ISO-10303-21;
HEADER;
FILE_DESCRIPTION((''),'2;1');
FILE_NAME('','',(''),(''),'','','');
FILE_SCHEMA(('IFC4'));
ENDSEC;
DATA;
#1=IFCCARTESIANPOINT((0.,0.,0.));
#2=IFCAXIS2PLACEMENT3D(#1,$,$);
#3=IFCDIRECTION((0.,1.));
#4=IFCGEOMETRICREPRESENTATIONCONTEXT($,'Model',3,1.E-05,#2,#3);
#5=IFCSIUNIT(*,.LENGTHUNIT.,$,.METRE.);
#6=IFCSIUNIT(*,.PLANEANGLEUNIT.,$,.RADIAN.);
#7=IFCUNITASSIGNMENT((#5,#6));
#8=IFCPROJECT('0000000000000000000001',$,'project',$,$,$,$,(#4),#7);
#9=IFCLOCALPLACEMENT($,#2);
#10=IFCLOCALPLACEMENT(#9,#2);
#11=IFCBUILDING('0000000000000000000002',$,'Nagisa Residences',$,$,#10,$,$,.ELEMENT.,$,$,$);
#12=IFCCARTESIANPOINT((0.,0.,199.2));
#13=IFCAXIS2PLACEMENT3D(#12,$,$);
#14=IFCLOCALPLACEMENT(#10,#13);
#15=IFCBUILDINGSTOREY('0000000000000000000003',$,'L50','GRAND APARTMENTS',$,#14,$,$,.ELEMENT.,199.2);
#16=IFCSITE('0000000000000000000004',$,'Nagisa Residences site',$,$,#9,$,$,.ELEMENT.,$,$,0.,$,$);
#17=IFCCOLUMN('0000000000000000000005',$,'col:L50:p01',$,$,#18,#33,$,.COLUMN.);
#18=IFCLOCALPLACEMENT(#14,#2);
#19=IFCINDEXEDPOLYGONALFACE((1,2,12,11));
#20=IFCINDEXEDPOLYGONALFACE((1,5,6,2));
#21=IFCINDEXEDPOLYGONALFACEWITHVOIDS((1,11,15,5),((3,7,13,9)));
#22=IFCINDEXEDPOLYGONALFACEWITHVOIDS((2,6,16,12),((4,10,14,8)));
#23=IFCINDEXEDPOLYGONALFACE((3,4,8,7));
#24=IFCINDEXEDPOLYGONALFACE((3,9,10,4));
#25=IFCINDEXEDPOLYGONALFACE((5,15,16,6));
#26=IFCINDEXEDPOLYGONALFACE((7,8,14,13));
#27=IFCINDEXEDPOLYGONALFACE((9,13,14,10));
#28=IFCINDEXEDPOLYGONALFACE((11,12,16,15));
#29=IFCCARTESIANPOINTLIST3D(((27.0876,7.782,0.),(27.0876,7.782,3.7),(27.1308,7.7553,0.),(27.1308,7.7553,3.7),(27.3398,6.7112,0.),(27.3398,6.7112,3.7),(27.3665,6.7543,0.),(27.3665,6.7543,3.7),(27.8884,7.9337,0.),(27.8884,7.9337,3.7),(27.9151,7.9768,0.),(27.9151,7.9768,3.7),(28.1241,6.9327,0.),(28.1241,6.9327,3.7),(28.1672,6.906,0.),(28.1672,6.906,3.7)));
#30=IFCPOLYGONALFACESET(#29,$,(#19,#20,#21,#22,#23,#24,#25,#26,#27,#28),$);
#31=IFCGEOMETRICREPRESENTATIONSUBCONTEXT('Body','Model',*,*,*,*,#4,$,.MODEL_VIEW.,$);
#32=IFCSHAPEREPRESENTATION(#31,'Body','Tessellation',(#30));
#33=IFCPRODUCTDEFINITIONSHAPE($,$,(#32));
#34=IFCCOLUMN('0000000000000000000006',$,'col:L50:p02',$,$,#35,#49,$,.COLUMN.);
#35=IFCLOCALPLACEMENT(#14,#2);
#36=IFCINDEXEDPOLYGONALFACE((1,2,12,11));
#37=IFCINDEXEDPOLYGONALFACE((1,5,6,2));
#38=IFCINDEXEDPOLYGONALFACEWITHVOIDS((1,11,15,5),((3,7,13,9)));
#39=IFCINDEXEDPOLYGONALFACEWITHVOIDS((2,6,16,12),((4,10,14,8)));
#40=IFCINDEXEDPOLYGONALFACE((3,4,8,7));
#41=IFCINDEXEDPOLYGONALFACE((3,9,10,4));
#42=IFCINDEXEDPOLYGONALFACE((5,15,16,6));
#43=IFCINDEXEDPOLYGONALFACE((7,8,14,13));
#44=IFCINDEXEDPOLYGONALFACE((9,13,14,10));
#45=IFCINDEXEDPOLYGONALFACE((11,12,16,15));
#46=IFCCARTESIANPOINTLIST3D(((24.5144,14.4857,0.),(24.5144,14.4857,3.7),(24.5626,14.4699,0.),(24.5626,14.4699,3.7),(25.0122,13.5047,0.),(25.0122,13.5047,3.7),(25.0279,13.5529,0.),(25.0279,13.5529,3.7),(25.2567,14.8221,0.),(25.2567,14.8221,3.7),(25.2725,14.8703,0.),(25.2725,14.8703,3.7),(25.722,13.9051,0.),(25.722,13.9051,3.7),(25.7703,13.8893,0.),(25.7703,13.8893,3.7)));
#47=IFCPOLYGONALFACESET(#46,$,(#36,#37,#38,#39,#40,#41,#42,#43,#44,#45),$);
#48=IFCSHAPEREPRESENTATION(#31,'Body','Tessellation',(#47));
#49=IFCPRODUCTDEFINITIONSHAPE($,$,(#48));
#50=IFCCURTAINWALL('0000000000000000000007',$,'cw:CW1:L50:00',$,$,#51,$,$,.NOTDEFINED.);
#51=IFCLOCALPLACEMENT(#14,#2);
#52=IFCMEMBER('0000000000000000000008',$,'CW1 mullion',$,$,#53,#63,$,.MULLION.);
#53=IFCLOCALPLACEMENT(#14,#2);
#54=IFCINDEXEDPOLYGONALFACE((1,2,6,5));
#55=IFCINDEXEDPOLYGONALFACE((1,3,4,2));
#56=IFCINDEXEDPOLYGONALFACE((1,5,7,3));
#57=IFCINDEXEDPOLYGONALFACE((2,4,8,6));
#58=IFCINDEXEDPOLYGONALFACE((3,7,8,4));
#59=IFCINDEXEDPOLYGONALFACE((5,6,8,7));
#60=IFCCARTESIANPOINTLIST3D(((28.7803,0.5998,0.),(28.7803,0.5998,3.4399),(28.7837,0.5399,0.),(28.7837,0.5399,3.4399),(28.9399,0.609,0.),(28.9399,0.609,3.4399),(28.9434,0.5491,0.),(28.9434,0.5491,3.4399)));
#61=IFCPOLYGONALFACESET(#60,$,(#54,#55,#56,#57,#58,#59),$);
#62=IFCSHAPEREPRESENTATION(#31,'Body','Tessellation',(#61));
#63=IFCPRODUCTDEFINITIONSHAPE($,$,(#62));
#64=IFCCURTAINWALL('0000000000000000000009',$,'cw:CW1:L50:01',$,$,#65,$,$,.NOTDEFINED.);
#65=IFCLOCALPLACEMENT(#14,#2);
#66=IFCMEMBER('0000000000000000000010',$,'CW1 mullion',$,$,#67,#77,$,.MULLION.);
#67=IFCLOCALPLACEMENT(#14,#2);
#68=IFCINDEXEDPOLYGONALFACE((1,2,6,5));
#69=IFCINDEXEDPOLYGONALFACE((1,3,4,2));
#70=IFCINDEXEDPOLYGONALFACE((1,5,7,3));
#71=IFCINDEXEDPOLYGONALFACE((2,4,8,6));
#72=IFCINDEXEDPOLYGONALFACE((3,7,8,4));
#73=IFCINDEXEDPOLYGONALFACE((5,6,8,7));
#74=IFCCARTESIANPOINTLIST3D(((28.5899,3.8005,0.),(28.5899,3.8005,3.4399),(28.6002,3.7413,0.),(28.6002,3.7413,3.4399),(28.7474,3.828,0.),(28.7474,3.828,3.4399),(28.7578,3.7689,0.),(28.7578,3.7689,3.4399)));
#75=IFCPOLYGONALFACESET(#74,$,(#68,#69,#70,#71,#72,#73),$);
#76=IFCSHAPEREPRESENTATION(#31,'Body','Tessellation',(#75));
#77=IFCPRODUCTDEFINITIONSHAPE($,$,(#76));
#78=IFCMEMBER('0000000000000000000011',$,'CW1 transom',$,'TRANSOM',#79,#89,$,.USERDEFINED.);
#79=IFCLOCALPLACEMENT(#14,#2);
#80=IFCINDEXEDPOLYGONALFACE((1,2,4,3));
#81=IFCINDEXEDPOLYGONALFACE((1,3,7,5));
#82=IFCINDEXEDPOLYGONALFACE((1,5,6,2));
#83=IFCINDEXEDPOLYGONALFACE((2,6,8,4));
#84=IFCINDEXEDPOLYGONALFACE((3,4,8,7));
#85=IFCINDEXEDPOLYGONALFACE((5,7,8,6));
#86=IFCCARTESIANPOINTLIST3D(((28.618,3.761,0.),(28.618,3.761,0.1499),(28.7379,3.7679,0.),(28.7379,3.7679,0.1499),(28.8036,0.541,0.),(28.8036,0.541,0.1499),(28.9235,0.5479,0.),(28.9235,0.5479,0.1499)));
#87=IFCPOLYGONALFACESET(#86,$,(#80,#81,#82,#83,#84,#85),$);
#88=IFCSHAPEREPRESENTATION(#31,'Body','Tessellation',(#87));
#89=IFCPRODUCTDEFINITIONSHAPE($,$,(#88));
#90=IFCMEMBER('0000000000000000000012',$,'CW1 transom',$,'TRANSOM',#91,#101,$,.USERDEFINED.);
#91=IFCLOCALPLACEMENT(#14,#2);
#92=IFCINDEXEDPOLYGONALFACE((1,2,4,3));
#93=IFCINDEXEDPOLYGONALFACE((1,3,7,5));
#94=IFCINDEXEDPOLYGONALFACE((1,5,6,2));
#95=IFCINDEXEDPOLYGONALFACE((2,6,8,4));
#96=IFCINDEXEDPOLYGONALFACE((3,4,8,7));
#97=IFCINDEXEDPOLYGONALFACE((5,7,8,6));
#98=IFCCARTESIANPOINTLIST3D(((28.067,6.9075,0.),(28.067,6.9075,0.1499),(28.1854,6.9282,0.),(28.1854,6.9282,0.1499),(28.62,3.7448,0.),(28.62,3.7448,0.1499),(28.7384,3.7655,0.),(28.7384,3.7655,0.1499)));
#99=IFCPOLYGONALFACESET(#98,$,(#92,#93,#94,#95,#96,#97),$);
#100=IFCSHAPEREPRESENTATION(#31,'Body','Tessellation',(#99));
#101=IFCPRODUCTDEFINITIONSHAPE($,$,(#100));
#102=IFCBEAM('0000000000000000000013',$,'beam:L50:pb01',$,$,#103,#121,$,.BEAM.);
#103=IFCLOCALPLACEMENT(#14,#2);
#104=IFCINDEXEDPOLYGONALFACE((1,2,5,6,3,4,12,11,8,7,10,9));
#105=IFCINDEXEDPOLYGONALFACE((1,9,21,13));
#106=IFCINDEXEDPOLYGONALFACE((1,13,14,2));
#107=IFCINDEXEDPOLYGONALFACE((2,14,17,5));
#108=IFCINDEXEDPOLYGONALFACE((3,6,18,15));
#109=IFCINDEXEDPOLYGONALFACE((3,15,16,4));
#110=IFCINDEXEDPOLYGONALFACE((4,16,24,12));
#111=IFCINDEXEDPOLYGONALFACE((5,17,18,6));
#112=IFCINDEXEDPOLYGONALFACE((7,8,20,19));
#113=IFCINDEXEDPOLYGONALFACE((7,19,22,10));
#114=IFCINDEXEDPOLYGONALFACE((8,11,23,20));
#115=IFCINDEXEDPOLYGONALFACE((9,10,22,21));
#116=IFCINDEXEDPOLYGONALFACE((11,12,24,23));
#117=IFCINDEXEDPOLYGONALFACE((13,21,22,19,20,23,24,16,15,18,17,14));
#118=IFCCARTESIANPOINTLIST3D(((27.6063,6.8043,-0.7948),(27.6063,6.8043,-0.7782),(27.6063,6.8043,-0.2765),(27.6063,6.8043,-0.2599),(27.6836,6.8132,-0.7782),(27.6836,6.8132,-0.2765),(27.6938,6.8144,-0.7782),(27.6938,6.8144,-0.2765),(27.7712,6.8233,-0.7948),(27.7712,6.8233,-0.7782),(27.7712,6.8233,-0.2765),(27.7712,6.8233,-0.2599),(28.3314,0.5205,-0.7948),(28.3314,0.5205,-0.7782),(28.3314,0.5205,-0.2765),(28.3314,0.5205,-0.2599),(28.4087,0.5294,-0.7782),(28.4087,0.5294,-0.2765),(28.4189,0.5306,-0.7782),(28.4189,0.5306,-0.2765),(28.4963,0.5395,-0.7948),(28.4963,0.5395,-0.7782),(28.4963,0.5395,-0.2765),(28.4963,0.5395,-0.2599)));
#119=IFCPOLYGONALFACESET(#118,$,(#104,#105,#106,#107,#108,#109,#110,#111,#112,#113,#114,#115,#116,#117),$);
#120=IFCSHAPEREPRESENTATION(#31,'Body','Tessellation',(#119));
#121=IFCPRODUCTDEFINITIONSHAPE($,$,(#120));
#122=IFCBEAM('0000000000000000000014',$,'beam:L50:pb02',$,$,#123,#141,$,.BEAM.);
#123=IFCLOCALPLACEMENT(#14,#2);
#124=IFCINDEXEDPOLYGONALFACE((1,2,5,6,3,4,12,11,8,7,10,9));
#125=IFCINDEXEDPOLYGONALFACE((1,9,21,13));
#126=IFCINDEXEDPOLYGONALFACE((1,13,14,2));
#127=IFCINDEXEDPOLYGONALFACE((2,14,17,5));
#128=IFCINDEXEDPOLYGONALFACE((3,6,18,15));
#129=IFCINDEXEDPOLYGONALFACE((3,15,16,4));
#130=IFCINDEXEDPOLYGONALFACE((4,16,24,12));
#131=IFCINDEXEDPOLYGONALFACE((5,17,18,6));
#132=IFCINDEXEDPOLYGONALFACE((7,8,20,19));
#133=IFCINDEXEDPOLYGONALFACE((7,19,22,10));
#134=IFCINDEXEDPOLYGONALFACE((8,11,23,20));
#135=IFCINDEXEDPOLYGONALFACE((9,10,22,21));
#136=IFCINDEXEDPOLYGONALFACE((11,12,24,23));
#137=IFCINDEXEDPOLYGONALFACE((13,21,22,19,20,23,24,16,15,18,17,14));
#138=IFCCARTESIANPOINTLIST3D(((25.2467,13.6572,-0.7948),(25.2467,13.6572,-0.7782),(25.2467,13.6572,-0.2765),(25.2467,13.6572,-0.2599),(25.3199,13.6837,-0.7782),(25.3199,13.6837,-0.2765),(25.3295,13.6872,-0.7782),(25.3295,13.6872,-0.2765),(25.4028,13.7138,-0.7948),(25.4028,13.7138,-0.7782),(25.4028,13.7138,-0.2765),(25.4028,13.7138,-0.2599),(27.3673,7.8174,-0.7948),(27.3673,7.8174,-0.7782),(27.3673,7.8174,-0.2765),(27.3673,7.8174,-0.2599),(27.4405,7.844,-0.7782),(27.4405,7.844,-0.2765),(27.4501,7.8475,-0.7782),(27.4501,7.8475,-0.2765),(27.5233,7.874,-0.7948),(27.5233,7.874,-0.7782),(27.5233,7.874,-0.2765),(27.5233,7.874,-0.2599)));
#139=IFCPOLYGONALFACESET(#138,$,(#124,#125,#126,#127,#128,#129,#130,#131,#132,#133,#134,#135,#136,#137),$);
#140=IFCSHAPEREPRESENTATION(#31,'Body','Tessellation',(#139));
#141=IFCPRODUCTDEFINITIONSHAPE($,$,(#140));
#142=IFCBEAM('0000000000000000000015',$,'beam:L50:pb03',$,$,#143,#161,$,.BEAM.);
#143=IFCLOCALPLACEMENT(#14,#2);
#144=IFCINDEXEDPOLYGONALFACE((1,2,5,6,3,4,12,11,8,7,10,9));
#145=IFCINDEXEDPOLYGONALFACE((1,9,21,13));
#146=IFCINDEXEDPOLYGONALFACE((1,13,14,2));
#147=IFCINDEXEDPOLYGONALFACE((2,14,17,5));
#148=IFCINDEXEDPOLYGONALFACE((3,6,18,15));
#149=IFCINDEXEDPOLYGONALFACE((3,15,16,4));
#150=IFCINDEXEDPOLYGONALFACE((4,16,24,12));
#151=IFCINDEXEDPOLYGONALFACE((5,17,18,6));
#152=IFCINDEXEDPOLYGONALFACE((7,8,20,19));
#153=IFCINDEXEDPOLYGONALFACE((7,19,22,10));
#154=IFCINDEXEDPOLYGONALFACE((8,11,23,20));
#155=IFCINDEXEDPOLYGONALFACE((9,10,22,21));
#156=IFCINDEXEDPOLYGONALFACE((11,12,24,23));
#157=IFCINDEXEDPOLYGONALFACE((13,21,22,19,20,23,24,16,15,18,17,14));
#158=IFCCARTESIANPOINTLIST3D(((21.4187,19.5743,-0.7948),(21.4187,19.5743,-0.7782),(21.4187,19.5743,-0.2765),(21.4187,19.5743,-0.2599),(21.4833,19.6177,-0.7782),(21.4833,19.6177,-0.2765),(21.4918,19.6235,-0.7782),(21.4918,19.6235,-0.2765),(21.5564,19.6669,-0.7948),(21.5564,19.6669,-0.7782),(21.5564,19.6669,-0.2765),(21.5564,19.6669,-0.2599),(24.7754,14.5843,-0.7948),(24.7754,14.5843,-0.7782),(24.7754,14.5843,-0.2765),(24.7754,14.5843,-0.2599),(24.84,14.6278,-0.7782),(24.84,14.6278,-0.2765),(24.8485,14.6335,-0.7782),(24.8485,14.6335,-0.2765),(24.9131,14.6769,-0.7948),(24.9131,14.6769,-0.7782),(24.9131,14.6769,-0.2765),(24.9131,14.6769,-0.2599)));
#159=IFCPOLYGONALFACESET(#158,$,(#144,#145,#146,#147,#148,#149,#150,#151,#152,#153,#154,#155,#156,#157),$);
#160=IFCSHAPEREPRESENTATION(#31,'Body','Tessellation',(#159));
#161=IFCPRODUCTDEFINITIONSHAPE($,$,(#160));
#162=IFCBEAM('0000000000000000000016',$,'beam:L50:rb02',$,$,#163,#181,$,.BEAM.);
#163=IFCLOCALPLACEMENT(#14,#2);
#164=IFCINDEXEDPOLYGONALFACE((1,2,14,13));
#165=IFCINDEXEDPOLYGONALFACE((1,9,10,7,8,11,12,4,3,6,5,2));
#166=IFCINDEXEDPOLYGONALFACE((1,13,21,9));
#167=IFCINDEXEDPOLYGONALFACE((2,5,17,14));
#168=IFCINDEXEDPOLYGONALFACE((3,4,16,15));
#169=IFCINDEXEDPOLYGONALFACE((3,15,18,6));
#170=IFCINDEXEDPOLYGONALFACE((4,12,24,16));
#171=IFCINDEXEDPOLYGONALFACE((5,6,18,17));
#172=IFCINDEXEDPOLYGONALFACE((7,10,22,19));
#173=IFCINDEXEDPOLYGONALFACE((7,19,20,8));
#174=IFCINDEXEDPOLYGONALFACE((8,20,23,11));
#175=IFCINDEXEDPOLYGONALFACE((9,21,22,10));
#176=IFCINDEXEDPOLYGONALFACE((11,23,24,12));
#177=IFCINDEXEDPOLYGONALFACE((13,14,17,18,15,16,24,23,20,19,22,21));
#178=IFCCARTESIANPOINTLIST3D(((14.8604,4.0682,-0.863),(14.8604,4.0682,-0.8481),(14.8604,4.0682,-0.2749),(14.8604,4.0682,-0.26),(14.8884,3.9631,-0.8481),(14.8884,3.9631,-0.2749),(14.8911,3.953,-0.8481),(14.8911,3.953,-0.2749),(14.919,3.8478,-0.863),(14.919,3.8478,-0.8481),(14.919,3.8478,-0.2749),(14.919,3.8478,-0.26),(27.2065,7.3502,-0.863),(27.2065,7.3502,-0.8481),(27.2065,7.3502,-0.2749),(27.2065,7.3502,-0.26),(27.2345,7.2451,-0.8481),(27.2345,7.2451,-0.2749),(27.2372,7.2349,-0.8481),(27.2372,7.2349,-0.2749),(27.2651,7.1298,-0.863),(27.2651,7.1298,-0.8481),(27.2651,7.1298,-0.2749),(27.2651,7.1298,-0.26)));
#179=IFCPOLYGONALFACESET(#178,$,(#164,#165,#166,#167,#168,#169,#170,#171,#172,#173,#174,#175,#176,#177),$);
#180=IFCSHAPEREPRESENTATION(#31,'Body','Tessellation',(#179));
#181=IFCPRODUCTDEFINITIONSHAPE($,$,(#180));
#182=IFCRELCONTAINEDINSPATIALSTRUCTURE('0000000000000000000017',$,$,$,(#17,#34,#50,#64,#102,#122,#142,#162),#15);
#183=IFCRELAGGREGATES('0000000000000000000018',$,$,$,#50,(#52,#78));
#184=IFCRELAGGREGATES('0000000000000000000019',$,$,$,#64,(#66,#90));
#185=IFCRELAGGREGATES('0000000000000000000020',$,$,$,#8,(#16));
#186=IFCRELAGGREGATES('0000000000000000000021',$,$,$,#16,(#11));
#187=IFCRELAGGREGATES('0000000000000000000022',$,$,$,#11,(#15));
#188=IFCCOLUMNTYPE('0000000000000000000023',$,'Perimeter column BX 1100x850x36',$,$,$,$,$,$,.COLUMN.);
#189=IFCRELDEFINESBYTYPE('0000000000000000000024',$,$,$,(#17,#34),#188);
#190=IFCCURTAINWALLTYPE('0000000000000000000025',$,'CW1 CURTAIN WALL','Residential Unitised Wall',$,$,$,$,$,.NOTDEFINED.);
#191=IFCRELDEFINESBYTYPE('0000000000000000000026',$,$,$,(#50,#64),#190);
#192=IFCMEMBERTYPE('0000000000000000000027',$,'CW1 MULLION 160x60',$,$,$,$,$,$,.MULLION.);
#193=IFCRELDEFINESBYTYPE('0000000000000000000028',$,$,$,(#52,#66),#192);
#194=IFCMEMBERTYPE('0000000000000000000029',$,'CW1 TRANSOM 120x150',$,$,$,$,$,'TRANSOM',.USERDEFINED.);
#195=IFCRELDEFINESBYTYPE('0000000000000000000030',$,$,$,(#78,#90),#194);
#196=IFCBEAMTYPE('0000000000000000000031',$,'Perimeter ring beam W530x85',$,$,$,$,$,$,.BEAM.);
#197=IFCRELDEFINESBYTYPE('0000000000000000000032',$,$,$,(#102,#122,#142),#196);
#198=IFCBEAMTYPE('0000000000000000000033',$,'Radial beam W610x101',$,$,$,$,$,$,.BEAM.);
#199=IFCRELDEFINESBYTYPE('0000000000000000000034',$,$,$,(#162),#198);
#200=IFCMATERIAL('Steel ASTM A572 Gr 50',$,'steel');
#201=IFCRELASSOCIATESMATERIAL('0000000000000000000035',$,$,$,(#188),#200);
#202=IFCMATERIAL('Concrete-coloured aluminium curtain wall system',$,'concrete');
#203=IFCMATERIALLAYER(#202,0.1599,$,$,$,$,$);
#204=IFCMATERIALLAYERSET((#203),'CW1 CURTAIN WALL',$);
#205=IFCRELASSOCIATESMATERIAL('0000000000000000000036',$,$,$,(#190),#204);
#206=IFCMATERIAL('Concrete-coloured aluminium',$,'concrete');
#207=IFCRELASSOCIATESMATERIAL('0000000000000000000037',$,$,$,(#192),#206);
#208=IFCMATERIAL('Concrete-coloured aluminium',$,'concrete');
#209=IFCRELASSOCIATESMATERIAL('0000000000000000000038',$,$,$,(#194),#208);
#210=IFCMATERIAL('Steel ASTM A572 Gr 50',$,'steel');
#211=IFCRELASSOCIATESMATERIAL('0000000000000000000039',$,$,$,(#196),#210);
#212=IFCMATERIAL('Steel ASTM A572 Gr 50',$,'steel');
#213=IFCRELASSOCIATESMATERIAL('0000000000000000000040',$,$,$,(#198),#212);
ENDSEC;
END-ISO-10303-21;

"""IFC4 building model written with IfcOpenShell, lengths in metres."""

from ifc_helpers import new_model, si_unit, direction, frame, origin, origin_2d, place, context, subcontext, project, spatial, rectangle, hollow_rectangle, i_section, extrude, material, layer, layer_set, material_profile, profile_set, type_object, element, aggregate, save


model = new_model("IFC4")

# Units and contexts
model_context = context("Model", 3, precision=1e-05, world=origin(), true_north=direction((0.0, 1.0)))
body_context = subcontext(model_context, "Body", "Model", "MODEL_VIEW")
ifc_project = project(units=[si_unit("LENGTHUNIT", "METRE"), si_unit("PLANEANGLEUNIT", "RADIAN")], contexts=[model_context])

# Site, building, storey
site_placement = place(None, origin())
site = spatial("IfcSite", under=ifc_project, at=site_placement, Name="Nagisa Residences site", CompositionType="ELEMENT", RefElevation=0.0)
building_placement = place(site_placement, origin())
building = spatial("IfcBuilding", under=site, at=building_placement, Name="Nagisa Residences", CompositionType="ELEMENT")
storey_placement = place(building_placement, frame((0.0, 0.0, 199.2)))
storey = spatial("IfcBuildingStorey", under=building, at=storey_placement, Name="L50", Description="GRAND APARTMENTS", CompositionType="ELEMENT", Elevation=199.2)

# Columns
ifc_material_1 = material(Name="Steel ASTM A572 Gr 50", Category="steel")
ifc_material_profile_1 = material_profile(ifc_material_1, hollow_rectangle(XDim=1.1001, YDim=0.8501, WallThickness=0.0359, at=origin_2d()), Name="BX 1100x850x36")
ifc_profile_set_1 = profile_set([ifc_material_profile_1], Name="Steel ASTM A572 Gr 50")
column_type = type_object("IfcColumnType", Name="Perimeter column BX 1100x850x36", PredefinedType="COLUMN", material=ifc_profile_set_1)
for number, where, z_axis, x_axis, name in (
    (1, (27.6274, 7.344, 0.0), (0.0, 0.0, 1.0), (-0.229202, 0.973379, 0.0), "col:L50:p01"),
    (2, (25.1423, 14.1875, 0.0), (0.0, 0.0, 1.0), (-0.452463, 0.891783, 0.0), "col:L50:p02"),
):
    element("IfcColumn", number, at=place(storey_placement, frame(where, z_axis=z_axis, x_axis=x_axis)), inside=storey, type_object=column_type, Name=name, PredefinedType="COLUMN", context=body_context, shape_type="SweptSolid", body=[
        extrude(hollow_rectangle(XDim=1.1001, YDim=0.8501, WallThickness=0.0359, at=origin_2d()), origin(), (0.0, 0.0, 1.0), 3.7),
    ])

# Curtain walls, members
ifc_material_2 = material(Name="Concrete-coloured aluminium curtain wall system", Category="concrete")
ifc_layer_1 = layer(ifc_material_2, 0.1599)
ifc_layer_set_1 = layer_set([ifc_layer_1], Name="CW1 CURTAIN WALL")
curtain_wall_type = type_object("IfcCurtainWallType", Name="CW1 CURTAIN WALL", Description="Residential Unitised Wall", PredefinedType="NOTDEFINED", material=ifc_layer_set_1)
curtain_wall_1_placement = place(storey_placement, origin())
curtain_wall_1 = element("IfcCurtainWall", 3, at=curtain_wall_1_placement, inside=storey, type_object=curtain_wall_type, Name="cw:CW1:L50:00", PredefinedType="NOTDEFINED")
ifc_material_3 = material(Name="Concrete-coloured aluminium", Category="concrete")
ifc_material_profile_2 = material_profile(ifc_material_3, rectangle(XDim=0.1599, YDim=0.0601, at=origin_2d()), Name="CW1 MULLION 160x60")
ifc_profile_set_2 = profile_set([ifc_material_profile_2], Name="Concrete-coloured aluminium")
member_type_1 = type_object("IfcMemberType", Name="CW1 MULLION 160x60", PredefinedType="MULLION", material=ifc_profile_set_2)
member_1_placement = place(storey_placement, frame((28.8618, 0.5745, 0.0), z_axis=(0.0, 0.0, 1.0), x_axis=(-0.998345, -0.057503, 0.0)))
member_1 = element("IfcMember", 4, at=member_1_placement, type_object=member_type_1, Name="CW1 mullion", PredefinedType="MULLION", context=body_context, shape_type="SweptSolid", body=[
    extrude(rectangle(XDim=0.1599, YDim=0.0601, at=origin_2d()), origin(), (0.0, 0.0, 1.0), 3.4399),
])
curtain_wall_2_placement = place(storey_placement, origin())
curtain_wall_2 = element("IfcCurtainWall", 5, at=curtain_wall_2_placement, inside=storey, type_object=curtain_wall_type, Name="cw:CW1:L50:01", PredefinedType="NOTDEFINED")
member_2_placement = place(storey_placement, frame((28.6738, 3.7847, 0.0), z_axis=(0.0, 0.0, 1.0), x_axis=(-0.985064, -0.172191, 0.0)))
member_2 = element("IfcMember", 6, at=member_2_placement, type_object=member_type_1, Name="CW1 mullion", PredefinedType="MULLION", context=body_context, shape_type="SweptSolid", body=[
    extrude(rectangle(XDim=0.1599, YDim=0.0601, at=origin_2d()), origin(), (0.0, 0.0, 1.0), 3.4399),
])

# Members
ifc_material_4 = material(Name="Concrete-coloured aluminium", Category="concrete")
ifc_material_profile_3 = material_profile(ifc_material_4, rectangle(XDim=0.1201, YDim=0.1499, at=origin_2d()), Name="CW1 TRANSOM 120x150")
ifc_profile_set_3 = profile_set([ifc_material_profile_3], Name="Concrete-coloured aluminium")
member_type_2 = type_object("IfcMemberType", Name="CW1 TRANSOM 120x150", ElementType="TRANSOM", PredefinedType="USERDEFINED", material=ifc_profile_set_3)
member_3_placement = place(storey_placement, frame((28.8635, 0.5444, 0.075), z_axis=(-0.057528, 0.998344, 0.0), x_axis=(-0.998344, -0.057528, 0.0)))
member_3 = element("IfcMember", 7, at=member_3_placement, type_object=member_type_2, Name="CW1 transom", ObjectType="TRANSOM", PredefinedType="USERDEFINED", context=body_context, shape_type="SweptSolid", body=[
    extrude(rectangle(XDim=0.1201, YDim=0.1499, at=origin_2d()), origin(), (0.0, 0.0, 1.0), 3.2253),
])
member_4_placement = place(storey_placement, frame((28.6792, 3.7551, 0.075), z_axis=(-0.172236, 0.985056, 0.0), x_axis=(-0.985056, -0.172236, 0.0)))
member_4 = element("IfcMember", 8, at=member_4_placement, type_object=member_type_2, Name="CW1 transom", ObjectType="TRANSOM", PredefinedType="USERDEFINED", context=body_context, shape_type="SweptSolid", body=[
    extrude(rectangle(XDim=0.1201, YDim=0.1499, at=origin_2d()), origin(), (0.0, 0.0, 1.0), 3.2107),
])

# Beams
ifc_material_5 = material(Name="Steel ASTM A572 Gr 50", Category="steel")
ifc_material_profile_4 = material_profile(ifc_material_5, i_section(OverallWidth=0.166, OverallDepth=0.5349, WebThickness=0.0103, FlangeThickness=0.0166, at=origin_2d()), Name="W530x85")
ifc_profile_set_4 = profile_set([ifc_material_profile_4], Name="Steel ASTM A572 Gr 50")
beam_type_1 = type_object("IfcBeamType", Name="Perimeter ring beam W530x85", PredefinedType="BEAM", material=ifc_profile_set_4)
beam_1_placement = place(storey_placement, frame((28.4138, 0.53, -0.5273), z_axis=(-0.114633, 0.993408, 0.0), x_axis=(-0.993408, -0.114633, 0.0)))
element("IfcBeam", 9, at=beam_1_placement, inside=storey, type_object=beam_type_1, Name="beam:L50:pb01", PredefinedType="BEAM", context=body_context, shape_type="SweptSolid", body=[
    extrude(i_section(OverallWidth=0.166, OverallDepth=0.5349, WebThickness=0.0103, FlangeThickness=0.0166, at=origin_2d()), origin(), (0.0, 0.0, 1.0), 6.3254),
])
beam_2_placement = place(storey_placement, frame((27.4453, 7.8457, -0.5273), z_axis=(-0.34132, 0.939947, 0.0), x_axis=(-0.939947, -0.34132, 0.0)))
element("IfcBeam", 10, at=beam_2_placement, inside=storey, type_object=beam_type_1, Name="beam:L50:pb02", PredefinedType="BEAM", context=body_context, shape_type="SweptSolid", body=[
    extrude(i_section(OverallWidth=0.166, OverallDepth=0.5349, WebThickness=0.0103, FlangeThickness=0.0166, at=origin_2d()), origin(), (0.0, 0.0, 1.0), 6.2129),
])
beam_3_placement = place(storey_placement, frame((24.8442, 14.6306, -0.5273), z_axis=(-0.558152, 0.829739, 0.0), x_axis=(-0.829739, -0.558152, 0.0)))
element("IfcBeam", 11, at=beam_3_placement, inside=storey, type_object=beam_type_1, Name="beam:L50:pb03", PredefinedType="BEAM", context=body_context, shape_type="SweptSolid", body=[
    extrude(i_section(OverallWidth=0.166, OverallDepth=0.5349, WebThickness=0.0103, FlangeThickness=0.0166, at=origin_2d()), origin(), (0.0, 0.0, 1.0), 6.0139),
])
ifc_material_6 = material(Name="Steel ASTM A572 Gr 50", Category="steel")
ifc_material_profile_5 = material_profile(ifc_material_6, i_section(OverallWidth=0.228, OverallDepth=0.603, WebThickness=0.0105, FlangeThickness=0.0149, at=origin_2d()), Name="W610x101")
ifc_profile_set_5 = profile_set([ifc_material_profile_5], Name="Steel ASTM A572 Gr 50")
beam_type_2 = type_object("IfcBeamType", Name="Radial beam W610x101", PredefinedType="BEAM", material=ifc_profile_set_5)
beam_4_placement = place(storey_placement, frame((27.2358, 7.24, -0.5615), z_axis=(-0.966436, -0.256907, 0.0), x_axis=(0.256907, -0.966436, 0.0)))
element("IfcBeam", 12, at=beam_4_placement, inside=storey, type_object=beam_type_2, Name="beam:L50:rb02", PredefinedType="BEAM", context=body_context, shape_type="SweptSolid", body=[
    extrude(i_section(OverallWidth=0.228, OverallDepth=0.603, WebThickness=0.0105, FlangeThickness=0.0149, at=origin_2d()), origin(), (0.0, 0.0, 1.0), 12.7749),
])

aggregate(curtain_wall_1, [member_1, member_3])
aggregate(curtain_wall_2, [member_2, member_4])

save(model, "model.ifc")
